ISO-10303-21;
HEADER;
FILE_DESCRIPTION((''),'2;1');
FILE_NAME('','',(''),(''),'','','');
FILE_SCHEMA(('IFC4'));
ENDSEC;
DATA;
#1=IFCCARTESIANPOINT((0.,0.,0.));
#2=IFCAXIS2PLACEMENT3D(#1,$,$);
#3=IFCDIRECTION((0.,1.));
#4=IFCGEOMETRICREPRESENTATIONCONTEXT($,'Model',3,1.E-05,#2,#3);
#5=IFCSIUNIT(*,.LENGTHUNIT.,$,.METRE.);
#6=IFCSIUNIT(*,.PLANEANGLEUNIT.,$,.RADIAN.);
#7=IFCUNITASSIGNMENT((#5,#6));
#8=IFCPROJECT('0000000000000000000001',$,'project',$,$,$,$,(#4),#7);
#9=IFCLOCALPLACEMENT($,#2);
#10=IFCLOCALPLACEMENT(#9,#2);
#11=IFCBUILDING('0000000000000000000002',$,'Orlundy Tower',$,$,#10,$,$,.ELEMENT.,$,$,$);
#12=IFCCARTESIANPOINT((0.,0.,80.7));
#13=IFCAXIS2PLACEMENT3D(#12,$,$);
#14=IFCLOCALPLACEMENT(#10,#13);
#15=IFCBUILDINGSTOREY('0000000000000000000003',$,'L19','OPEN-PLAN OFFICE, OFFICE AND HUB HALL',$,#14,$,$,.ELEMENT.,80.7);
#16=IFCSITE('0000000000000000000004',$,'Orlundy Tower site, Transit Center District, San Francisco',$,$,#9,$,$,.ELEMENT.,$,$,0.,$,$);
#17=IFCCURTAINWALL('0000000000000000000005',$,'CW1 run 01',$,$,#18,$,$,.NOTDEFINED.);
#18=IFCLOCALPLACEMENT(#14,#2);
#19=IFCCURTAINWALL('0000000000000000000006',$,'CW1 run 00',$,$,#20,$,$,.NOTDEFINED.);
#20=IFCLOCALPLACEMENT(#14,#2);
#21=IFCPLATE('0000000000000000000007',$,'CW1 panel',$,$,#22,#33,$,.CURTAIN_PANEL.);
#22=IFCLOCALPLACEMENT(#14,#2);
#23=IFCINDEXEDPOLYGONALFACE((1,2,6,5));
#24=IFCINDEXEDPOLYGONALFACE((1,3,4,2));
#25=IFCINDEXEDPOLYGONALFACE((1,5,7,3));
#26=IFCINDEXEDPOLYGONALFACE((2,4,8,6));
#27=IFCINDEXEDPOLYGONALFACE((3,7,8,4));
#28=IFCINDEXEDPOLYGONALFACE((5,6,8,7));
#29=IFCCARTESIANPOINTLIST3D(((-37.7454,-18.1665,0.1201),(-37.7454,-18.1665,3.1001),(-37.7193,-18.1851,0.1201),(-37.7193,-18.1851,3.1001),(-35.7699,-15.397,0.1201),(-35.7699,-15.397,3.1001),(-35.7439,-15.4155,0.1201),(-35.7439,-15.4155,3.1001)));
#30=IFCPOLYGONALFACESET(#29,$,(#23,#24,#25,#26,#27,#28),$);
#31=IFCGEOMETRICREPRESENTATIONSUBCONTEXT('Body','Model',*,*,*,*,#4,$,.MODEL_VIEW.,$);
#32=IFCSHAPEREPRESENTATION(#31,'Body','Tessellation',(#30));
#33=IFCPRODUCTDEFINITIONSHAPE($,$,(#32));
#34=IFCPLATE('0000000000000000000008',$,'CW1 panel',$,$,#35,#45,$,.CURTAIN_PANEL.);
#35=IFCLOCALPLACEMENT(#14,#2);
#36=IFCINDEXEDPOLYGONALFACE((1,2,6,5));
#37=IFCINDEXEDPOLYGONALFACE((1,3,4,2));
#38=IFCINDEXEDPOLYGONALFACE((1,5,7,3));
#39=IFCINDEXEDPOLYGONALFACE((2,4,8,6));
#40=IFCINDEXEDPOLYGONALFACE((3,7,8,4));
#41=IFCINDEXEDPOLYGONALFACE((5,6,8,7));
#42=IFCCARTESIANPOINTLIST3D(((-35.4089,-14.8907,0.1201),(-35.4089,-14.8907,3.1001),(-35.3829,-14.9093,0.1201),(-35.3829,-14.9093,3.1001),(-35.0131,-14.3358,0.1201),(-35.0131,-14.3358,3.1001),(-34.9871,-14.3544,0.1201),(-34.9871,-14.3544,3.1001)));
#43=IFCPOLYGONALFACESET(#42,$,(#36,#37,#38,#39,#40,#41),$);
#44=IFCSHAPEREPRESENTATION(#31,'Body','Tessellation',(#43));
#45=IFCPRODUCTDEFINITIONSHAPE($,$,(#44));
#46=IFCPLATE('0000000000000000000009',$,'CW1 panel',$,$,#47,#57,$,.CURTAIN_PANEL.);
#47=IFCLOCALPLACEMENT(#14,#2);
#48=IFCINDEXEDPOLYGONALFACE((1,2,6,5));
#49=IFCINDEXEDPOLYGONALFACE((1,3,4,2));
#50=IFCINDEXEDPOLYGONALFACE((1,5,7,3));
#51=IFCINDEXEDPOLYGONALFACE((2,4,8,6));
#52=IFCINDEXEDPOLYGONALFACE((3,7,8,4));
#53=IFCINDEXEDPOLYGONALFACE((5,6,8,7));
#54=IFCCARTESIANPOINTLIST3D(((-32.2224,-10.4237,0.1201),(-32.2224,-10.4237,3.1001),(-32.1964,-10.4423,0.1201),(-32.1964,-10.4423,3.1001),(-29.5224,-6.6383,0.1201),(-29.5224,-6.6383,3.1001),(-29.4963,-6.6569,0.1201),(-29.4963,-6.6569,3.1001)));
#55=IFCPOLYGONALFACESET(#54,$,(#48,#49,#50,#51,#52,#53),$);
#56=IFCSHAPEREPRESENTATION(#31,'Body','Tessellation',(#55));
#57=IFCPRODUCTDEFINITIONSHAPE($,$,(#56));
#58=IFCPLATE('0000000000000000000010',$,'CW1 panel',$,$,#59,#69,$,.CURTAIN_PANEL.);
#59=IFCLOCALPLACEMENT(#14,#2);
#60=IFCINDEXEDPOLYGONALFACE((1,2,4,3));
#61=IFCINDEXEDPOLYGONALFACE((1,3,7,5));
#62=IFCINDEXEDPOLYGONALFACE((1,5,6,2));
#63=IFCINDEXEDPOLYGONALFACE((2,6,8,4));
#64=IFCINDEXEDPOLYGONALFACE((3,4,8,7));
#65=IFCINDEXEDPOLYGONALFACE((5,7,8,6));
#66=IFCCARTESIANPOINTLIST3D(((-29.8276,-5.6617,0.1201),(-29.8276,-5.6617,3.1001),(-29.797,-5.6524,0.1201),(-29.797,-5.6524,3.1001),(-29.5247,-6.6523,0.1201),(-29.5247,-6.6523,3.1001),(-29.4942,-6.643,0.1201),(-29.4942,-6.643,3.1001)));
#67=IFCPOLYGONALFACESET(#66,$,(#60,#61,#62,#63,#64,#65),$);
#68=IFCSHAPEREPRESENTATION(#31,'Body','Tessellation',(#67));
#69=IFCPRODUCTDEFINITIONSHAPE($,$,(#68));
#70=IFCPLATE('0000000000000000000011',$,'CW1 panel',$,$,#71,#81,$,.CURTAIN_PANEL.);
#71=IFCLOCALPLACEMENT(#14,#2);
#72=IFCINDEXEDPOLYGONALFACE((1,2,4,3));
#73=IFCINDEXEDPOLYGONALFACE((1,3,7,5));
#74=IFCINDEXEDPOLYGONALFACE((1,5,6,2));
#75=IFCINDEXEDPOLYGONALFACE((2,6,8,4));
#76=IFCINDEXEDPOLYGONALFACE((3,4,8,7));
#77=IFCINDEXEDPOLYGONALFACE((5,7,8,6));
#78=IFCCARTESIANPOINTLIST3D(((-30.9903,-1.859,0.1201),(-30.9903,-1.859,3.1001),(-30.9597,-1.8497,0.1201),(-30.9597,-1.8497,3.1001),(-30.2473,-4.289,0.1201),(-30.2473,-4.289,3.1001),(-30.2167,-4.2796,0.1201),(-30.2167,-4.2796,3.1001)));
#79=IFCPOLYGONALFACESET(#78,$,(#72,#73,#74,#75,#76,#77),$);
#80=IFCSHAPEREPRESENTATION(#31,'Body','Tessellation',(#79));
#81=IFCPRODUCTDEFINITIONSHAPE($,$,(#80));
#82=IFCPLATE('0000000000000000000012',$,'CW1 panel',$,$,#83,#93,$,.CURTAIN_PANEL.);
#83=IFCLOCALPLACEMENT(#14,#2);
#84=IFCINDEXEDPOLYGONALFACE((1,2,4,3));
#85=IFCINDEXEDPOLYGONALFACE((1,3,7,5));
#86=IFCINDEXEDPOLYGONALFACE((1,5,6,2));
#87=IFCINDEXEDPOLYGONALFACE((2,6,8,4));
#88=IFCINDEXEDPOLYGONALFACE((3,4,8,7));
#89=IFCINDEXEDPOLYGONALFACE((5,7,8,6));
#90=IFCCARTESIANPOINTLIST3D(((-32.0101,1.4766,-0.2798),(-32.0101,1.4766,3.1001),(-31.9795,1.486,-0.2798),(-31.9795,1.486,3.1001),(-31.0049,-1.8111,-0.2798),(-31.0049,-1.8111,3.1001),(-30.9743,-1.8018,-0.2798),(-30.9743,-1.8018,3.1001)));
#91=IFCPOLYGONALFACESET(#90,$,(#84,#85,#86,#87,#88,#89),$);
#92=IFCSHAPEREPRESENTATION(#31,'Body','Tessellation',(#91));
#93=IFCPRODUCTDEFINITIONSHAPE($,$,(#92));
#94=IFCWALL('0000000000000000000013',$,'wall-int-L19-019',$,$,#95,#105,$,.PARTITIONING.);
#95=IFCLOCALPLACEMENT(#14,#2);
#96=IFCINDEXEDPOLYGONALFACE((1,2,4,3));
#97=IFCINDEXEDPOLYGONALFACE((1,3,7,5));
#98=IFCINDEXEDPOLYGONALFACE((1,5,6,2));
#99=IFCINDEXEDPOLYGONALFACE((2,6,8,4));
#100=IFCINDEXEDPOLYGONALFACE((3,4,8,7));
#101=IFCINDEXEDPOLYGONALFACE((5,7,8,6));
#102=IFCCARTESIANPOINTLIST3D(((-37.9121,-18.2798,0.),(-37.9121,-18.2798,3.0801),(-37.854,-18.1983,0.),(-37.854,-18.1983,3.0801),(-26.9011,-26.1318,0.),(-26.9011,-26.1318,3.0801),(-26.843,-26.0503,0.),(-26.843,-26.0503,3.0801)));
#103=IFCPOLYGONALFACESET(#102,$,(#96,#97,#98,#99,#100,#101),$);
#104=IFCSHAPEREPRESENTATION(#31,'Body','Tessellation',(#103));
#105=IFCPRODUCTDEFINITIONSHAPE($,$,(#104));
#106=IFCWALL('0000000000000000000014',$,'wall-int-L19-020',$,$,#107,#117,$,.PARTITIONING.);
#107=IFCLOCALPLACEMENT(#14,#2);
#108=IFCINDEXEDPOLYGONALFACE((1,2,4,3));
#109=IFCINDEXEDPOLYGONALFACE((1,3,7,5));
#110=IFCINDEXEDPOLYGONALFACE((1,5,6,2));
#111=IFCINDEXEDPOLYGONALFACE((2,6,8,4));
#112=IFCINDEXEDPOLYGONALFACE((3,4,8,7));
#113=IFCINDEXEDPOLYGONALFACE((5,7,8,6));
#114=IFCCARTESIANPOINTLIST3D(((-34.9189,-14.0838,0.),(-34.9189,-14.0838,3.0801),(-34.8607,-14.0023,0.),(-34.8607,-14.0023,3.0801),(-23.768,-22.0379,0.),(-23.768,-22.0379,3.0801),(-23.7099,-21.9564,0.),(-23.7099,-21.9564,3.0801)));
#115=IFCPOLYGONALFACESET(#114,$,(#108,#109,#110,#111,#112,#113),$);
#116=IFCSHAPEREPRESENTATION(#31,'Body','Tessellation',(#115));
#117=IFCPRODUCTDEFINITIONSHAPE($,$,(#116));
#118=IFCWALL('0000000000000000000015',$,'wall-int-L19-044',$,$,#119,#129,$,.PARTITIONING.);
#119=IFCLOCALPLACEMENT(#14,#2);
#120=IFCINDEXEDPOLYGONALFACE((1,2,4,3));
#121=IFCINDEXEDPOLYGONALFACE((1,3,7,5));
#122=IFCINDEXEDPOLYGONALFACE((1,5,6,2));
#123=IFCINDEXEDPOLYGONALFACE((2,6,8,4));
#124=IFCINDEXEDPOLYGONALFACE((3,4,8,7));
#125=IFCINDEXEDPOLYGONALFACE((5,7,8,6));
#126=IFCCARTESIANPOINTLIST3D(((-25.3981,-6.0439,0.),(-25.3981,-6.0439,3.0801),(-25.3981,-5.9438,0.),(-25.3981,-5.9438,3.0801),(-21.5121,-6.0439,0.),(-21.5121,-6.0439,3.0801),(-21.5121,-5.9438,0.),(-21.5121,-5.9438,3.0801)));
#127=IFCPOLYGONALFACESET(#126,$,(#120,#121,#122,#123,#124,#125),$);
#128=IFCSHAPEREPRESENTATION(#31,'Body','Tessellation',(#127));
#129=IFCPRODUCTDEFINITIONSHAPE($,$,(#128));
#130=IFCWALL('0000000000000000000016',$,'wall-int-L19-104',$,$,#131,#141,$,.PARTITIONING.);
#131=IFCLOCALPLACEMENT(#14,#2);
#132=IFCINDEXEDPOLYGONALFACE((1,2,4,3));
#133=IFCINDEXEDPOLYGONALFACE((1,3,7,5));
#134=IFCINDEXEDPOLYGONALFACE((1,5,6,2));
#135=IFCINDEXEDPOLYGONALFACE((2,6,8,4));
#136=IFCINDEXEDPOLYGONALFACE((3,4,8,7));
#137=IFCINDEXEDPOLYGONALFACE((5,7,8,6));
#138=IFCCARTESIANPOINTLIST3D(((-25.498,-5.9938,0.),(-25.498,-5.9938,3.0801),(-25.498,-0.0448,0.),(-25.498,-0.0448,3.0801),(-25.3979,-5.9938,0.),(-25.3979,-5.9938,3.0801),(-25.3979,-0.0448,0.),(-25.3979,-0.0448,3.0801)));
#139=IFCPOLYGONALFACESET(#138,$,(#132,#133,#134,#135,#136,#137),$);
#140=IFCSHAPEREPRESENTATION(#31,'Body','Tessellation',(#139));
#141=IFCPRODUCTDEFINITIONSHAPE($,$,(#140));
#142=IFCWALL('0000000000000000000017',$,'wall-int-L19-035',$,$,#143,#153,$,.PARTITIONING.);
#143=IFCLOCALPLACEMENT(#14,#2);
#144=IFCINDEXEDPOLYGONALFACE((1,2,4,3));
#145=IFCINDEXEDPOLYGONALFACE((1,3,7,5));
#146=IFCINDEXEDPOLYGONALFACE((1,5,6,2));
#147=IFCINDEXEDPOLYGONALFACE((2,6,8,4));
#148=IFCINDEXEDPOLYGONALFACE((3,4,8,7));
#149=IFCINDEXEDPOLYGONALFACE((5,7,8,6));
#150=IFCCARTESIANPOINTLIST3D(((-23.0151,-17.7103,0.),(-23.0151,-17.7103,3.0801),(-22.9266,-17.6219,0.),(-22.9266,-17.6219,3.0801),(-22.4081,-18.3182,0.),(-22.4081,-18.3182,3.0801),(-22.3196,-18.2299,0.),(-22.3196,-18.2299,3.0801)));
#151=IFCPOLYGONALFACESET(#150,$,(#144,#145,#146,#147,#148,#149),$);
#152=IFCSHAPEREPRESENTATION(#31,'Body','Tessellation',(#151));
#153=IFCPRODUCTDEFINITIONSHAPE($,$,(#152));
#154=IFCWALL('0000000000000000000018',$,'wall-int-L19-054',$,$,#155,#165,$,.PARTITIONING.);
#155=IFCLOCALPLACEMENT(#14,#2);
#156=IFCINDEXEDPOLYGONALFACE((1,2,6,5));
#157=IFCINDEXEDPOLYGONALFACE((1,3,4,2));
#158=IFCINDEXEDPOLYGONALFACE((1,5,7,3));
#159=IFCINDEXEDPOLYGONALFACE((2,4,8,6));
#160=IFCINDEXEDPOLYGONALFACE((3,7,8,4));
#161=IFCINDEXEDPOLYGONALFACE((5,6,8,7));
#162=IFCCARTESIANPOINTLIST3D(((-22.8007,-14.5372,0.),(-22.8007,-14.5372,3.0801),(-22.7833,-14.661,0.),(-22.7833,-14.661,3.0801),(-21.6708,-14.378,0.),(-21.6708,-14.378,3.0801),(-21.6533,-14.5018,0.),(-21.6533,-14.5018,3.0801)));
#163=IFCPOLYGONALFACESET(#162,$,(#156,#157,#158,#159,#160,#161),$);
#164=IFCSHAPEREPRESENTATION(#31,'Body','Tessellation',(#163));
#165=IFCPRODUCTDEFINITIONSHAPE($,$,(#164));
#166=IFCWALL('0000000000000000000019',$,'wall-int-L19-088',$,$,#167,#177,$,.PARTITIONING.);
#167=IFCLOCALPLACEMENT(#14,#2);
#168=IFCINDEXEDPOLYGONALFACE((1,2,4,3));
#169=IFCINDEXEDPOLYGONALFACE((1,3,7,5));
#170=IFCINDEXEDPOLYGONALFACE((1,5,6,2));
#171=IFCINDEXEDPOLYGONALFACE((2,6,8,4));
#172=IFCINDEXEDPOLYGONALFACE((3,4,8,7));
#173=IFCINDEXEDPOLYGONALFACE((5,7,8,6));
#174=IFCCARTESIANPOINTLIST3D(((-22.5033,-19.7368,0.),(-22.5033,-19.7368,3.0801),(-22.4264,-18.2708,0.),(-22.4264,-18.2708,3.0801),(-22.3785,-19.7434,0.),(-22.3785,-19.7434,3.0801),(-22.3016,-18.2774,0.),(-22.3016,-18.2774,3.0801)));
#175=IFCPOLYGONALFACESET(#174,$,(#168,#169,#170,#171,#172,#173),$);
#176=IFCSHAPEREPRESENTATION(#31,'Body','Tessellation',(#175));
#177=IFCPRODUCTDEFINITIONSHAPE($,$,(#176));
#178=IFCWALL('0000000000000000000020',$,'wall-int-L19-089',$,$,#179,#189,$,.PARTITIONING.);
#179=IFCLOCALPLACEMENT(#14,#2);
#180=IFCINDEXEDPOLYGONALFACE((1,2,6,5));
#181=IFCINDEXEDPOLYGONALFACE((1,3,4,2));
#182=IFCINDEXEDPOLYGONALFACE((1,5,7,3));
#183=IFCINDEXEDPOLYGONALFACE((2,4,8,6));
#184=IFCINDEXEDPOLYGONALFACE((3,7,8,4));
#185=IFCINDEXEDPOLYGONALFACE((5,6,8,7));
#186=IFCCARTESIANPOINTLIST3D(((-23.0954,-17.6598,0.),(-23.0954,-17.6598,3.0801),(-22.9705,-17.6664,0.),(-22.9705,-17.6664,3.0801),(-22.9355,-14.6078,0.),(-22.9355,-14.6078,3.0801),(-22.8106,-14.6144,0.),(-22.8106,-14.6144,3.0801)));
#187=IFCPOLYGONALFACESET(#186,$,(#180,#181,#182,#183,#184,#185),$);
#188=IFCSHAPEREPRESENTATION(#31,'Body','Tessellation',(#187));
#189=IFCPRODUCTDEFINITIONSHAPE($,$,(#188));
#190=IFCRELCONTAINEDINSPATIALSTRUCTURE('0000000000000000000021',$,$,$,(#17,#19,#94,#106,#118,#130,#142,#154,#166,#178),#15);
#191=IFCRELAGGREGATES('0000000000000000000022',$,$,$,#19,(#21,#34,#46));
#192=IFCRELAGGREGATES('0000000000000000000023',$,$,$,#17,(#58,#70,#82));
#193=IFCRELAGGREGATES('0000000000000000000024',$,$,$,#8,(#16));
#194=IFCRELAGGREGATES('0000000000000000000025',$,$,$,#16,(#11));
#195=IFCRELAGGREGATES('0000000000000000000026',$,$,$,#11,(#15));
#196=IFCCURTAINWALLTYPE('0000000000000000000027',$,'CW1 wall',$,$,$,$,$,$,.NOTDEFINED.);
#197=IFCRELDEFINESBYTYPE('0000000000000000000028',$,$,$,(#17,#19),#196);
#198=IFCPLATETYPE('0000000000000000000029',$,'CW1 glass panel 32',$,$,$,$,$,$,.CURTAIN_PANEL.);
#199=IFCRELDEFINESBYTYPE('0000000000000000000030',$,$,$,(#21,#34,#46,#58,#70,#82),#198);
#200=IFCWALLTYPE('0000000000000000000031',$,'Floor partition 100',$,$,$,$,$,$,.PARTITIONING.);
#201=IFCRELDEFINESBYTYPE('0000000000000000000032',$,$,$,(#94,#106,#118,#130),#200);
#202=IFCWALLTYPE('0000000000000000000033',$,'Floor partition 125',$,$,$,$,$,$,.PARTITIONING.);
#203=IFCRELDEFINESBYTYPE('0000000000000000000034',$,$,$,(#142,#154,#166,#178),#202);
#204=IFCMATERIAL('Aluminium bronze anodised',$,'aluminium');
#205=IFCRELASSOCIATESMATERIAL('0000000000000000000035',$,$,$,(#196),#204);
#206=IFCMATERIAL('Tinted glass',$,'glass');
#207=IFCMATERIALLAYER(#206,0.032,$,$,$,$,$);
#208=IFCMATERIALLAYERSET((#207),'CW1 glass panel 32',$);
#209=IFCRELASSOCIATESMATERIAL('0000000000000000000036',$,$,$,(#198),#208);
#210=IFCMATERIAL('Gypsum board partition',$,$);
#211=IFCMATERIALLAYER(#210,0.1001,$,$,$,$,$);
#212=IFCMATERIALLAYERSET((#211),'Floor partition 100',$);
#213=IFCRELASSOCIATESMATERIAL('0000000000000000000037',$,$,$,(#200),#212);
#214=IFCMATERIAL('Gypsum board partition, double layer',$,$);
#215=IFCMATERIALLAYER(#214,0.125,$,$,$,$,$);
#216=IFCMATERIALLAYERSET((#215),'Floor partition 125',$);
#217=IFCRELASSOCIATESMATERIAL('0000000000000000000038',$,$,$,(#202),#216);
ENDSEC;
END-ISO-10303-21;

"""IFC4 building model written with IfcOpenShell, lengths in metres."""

from ifc_helpers import new_model, si_unit, direction, frame, frame_2d, origin, origin_2d, place, context, subcontext, project, spatial, rectangle, extrude, material, layer, layer_set, type_object, element, aggregate, save


model = new_model("IFC4")

# Units and contexts
model_context = context("Model", 3, precision=1e-05, world=origin(), true_north=direction((0.0, 1.0)))
body_context = subcontext(model_context, "Body", "Model", "MODEL_VIEW")
ifc_project = project(units=[si_unit("LENGTHUNIT", "METRE"), si_unit("PLANEANGLEUNIT", "RADIAN")], contexts=[model_context])

# Site, building, storey
site_placement = place(None, origin())
site = spatial("IfcSite", under=ifc_project, at=site_placement, Name="Orlundy Tower site, Transit Center District, San Francisco", CompositionType="ELEMENT", RefElevation=0.0)
building_placement = place(site_placement, origin())
building = spatial("IfcBuilding", under=site, at=building_placement, Name="Orlundy Tower", CompositionType="ELEMENT")
storey_placement = place(building_placement, frame((0.0, 0.0, 80.7)))
storey = spatial("IfcBuildingStorey", under=building, at=storey_placement, Name="L19", Description="OPEN-PLAN OFFICE, OFFICE AND HUB HALL", CompositionType="ELEMENT", Elevation=80.7)

# Curtain wall
ifc_material_1 = material(Name="Aluminium bronze anodised", Category="aluminium")
curtain_wall_type = type_object("IfcCurtainWallType", Name="CW1 wall", PredefinedType="NOTDEFINED", material=ifc_material_1)
curtain_wall_1_placement = place(storey_placement, origin())
curtain_wall_1 = element("IfcCurtainWall", 1, at=curtain_wall_1_placement, inside=storey, type_object=curtain_wall_type, Name="CW1 run 01", PredefinedType="NOTDEFINED")

# Curtain wall
curtain_wall_2_placement = place(storey_placement, origin())
curtain_wall_2 = element("IfcCurtainWall", 2, at=curtain_wall_2_placement, inside=storey, type_object=curtain_wall_type, Name="CW1 run 00", PredefinedType="NOTDEFINED")

# Plates
ifc_material_2 = material(Name="Tinted glass", Category="glass")
ifc_layer_1 = layer(ifc_material_2, 0.032)
ifc_layer_set_1 = layer_set([ifc_layer_1], Name="CW1 glass panel 32")
plate_type = type_object("IfcPlateType", Name="CW1 glass panel 32", PredefinedType="CURTAIN_PANEL", material=ifc_layer_set_1)
plate_1_placement = place(storey_placement, frame((-36.7446, -16.791, 0.1201), z_axis=(0.0, 0.0, 1.0), x_axis=(0.580701, 0.814117, 0.0)))
plate_1 = element("IfcPlate", 3, at=plate_1_placement, type_object=plate_type, Name="CW1 panel", PredefinedType="CURTAIN_PANEL", context=body_context, shape_type="SweptSolid", body=[
    extrude(rectangle(XDim=3.4019, YDim=0.032, at=origin_2d()), origin(), (0.0, 0.0, 1.0), 2.98),
])
plate_2_placement = place(storey_placement, frame((-35.198, -14.6226, 0.1201), z_axis=(0.0, 0.0, 1.0), x_axis=(0.580701, 0.814117, 0.0)))
plate_2 = element("IfcPlate", 4, at=plate_2_placement, type_object=plate_type, Name="CW1 panel", PredefinedType="CURTAIN_PANEL", context=body_context, shape_type="SweptSolid", body=[
    extrude(rectangle(XDim=0.6816, YDim=0.032, at=origin_2d()), origin(), (0.0, 0.0, 1.0), 2.98),
])
plate_3_placement = place(storey_placement, frame((-30.8594, -8.5403, 0.1201), z_axis=(0.0, 0.0, 1.0), x_axis=(0.580701, 0.814117, 0.0)))
plate_3 = element("IfcPlate", 5, at=plate_3_placement, type_object=plate_type, Name="CW1 panel", PredefinedType="CURTAIN_PANEL", context=body_context, shape_type="SweptSolid", body=[
    extrude(rectangle(XDim=4.6497, YDim=0.032, at=origin_2d()), origin(), (0.0, 0.0, 1.0), 2.98),
])
aggregate(curtain_wall_2, [plate_1, plate_2, plate_3])
plate_4_placement = place(storey_placement, frame((-29.6609, -6.1523, 0.1201), z_axis=(0.0, 0.0, 1.0), x_axis=(-0.29239, 0.956299, 0.0)))
plate_4 = element("IfcPlate", 6, at=plate_4_placement, type_object=plate_type, Name="CW1 panel", PredefinedType="CURTAIN_PANEL", context=body_context, shape_type="SweptSolid", body=[
    extrude(rectangle(XDim=1.0359, YDim=0.032, at=origin_2d()), origin(), (0.0, 0.0, 1.0), 2.98),
])
plate_5_placement = place(storey_placement, frame((-30.6035, -3.0693, 0.1201), z_axis=(0.0, 0.0, 1.0), x_axis=(-0.29239, 0.956299, 0.0)))
plate_5 = element("IfcPlate", 7, at=plate_5_placement, type_object=plate_type, Name="CW1 panel", PredefinedType="CURTAIN_PANEL", context=body_context, shape_type="SweptSolid", body=[
    extrude(rectangle(XDim=2.541, YDim=0.032, at=origin_2d()), origin(), (0.0, 0.0, 1.0), 2.98),
])
plate_6_placement = place(storey_placement, frame((-31.4922, -0.1626, -0.2798), z_axis=(0.0, 0.0, 1.0), x_axis=(-0.29239, 0.956299, 0.0)))
plate_6 = element("IfcPlate", 8, at=plate_6_placement, type_object=plate_type, Name="CW1 panel", PredefinedType="CURTAIN_PANEL", context=body_context, shape_type="SweptSolid", body=[
    extrude(rectangle(XDim=3.438, YDim=0.032, at=origin_2d()), origin(), (0.0, 0.0, 1.0), 3.3799),
])
aggregate(curtain_wall_1, [plate_4, plate_5, plate_6])

# Walls
ifc_material_3 = material(Name="Gypsum board partition")
ifc_layer_2 = layer(ifc_material_3, 0.1001)
ifc_layer_set_2 = layer_set([ifc_layer_2], Name="Floor partition 100")
wall_type_1 = type_object("IfcWallType", Name="Floor partition 100", PredefinedType="PARTITIONING", material=ifc_layer_set_2)
wall_1_placement = place(storey_placement, frame((-37.8831, -18.239, 0.0), z_axis=(0.0, 0.0, 1.0), x_axis=(0.814186, -0.580604, 0.0)))
element("IfcWall", 9, at=wall_1_placement, inside=storey, type_object=wall_type_1, Name="wall-int-L19-019", PredefinedType="PARTITIONING", context=body_context, shape_type="SweptSolid", body=[
    extrude(rectangle(XDim=13.5239, YDim=0.1001, at=frame_2d((6.762, 0.0))), origin(), (0.0, 0.0, 1.0), 3.0801),
])
wall_2_placement = place(storey_placement, frame((-34.8899, -14.043, 0.0), z_axis=(0.0, 0.0, 1.0), x_axis=(0.814107, -0.580715, 0.0)))
element("IfcWall", 10, at=wall_2_placement, inside=storey, type_object=wall_type_1, Name="wall-int-L19-020", PredefinedType="PARTITIONING", context=body_context, shape_type="SweptSolid", body=[
    extrude(rectangle(XDim=13.697, YDim=0.1001, at=frame_2d((6.8486, 0.0))), origin(), (0.0, 0.0, 1.0), 3.0801),
])
wall_3_placement = place(storey_placement, frame((-25.3979, -5.9939, 0.0), z_axis=(0.0, 0.0, 1.0), x_axis=(1.0, 0.0, 0.0)))
element("IfcWall", 11, at=wall_3_placement, inside=storey, type_object=wall_type_1, Name="wall-int-L19-044", PredefinedType="PARTITIONING", context=body_context, shape_type="SweptSolid", body=[
    extrude(rectangle(XDim=3.886, YDim=0.1001, at=frame_2d((1.9429, 0.0))), origin(), (0.0, 0.0, 1.0), 3.0801),
])
wall_4_placement = place(storey_placement, frame((-25.448, -5.9939, 0.0), z_axis=(0.0, 0.0, 1.0), x_axis=(0.0, 1.0, 0.0)))
element("IfcWall", 12, at=wall_4_placement, inside=storey, type_object=wall_type_1, Name="wall-int-L19-104", PredefinedType="PARTITIONING", context=body_context, shape_type="SweptSolid", body=[
    extrude(rectangle(XDim=5.949, YDim=0.1001, at=frame_2d((2.9746, 0.0))), origin(), (0.0, 0.0, 1.0), 3.0801),
])
ifc_material_4 = material(Name="Gypsum board partition, double layer")
ifc_layer_3 = layer(ifc_material_4, 0.125)
ifc_layer_set_3 = layer_set([ifc_layer_3], Name="Floor partition 125")
wall_type_2 = type_object("IfcWallType", Name="Floor partition 125", PredefinedType="PARTITIONING", material=ifc_layer_set_3)
wall_5_placement = place(storey_placement, frame((-22.9709, -17.666, 0.0), z_axis=(0.0, 0.0, 1.0), x_axis=(0.706538, -0.707675, 0.0)))
element("IfcWall", 13, at=wall_5_placement, inside=storey, type_object=wall_type_2, Name="wall-int-L19-035", PredefinedType="PARTITIONING", context=body_context, shape_type="SweptSolid", body=[
    extrude(rectangle(XDim=0.8591, YDim=0.125, at=frame_2d((0.4297, 0.0))), origin(), (0.0, 0.0, 1.0), 3.0801),
])
wall_6_placement = place(storey_placement, frame((-22.792, -14.5991, 0.0), z_axis=(0.0, 0.0, 1.0), x_axis=(0.990222, 0.139504, 0.0)))
element("IfcWall", 14, at=wall_6_placement, inside=storey, type_object=wall_type_2, Name="wall-int-L19-054", PredefinedType="PARTITIONING", context=body_context, shape_type="SweptSolid", body=[
    extrude(rectangle(XDim=1.1411, YDim=0.125, at=frame_2d((0.5706, 0.0))), origin(), (0.0, 0.0, 1.0), 3.0801),
])
wall_7_placement = place(storey_placement, frame((-22.4409, -19.74, 0.0), z_axis=(0.0, 0.0, 1.0), x_axis=(0.052384, 0.998627, 0.0)))
element("IfcWall", 15, at=wall_7_placement, inside=storey, type_object=wall_type_2, Name="wall-int-L19-088", PredefinedType="PARTITIONING", context=body_context, shape_type="SweptSolid", body=[
    extrude(rectangle(XDim=1.468, YDim=0.125, at=frame_2d((0.7339, 0.0))), origin(), (0.0, 0.0, 1.0), 3.0801),
])
wall_8_placement = place(storey_placement, frame((-23.033, -17.6631, 0.0), z_axis=(0.0, 0.0, 1.0), x_axis=(0.052324, 0.99863, 0.0)))
element("IfcWall", 16, at=wall_8_placement, inside=storey, type_object=wall_type_2, Name="wall-int-L19-089", PredefinedType="PARTITIONING", context=body_context, shape_type="SweptSolid", body=[
    extrude(rectangle(XDim=3.0562, YDim=0.125, at=frame_2d((1.5281, 0.0))), origin(), (0.0, 0.0, 1.0), 3.0801),
])

save(model, "model.ifc")
